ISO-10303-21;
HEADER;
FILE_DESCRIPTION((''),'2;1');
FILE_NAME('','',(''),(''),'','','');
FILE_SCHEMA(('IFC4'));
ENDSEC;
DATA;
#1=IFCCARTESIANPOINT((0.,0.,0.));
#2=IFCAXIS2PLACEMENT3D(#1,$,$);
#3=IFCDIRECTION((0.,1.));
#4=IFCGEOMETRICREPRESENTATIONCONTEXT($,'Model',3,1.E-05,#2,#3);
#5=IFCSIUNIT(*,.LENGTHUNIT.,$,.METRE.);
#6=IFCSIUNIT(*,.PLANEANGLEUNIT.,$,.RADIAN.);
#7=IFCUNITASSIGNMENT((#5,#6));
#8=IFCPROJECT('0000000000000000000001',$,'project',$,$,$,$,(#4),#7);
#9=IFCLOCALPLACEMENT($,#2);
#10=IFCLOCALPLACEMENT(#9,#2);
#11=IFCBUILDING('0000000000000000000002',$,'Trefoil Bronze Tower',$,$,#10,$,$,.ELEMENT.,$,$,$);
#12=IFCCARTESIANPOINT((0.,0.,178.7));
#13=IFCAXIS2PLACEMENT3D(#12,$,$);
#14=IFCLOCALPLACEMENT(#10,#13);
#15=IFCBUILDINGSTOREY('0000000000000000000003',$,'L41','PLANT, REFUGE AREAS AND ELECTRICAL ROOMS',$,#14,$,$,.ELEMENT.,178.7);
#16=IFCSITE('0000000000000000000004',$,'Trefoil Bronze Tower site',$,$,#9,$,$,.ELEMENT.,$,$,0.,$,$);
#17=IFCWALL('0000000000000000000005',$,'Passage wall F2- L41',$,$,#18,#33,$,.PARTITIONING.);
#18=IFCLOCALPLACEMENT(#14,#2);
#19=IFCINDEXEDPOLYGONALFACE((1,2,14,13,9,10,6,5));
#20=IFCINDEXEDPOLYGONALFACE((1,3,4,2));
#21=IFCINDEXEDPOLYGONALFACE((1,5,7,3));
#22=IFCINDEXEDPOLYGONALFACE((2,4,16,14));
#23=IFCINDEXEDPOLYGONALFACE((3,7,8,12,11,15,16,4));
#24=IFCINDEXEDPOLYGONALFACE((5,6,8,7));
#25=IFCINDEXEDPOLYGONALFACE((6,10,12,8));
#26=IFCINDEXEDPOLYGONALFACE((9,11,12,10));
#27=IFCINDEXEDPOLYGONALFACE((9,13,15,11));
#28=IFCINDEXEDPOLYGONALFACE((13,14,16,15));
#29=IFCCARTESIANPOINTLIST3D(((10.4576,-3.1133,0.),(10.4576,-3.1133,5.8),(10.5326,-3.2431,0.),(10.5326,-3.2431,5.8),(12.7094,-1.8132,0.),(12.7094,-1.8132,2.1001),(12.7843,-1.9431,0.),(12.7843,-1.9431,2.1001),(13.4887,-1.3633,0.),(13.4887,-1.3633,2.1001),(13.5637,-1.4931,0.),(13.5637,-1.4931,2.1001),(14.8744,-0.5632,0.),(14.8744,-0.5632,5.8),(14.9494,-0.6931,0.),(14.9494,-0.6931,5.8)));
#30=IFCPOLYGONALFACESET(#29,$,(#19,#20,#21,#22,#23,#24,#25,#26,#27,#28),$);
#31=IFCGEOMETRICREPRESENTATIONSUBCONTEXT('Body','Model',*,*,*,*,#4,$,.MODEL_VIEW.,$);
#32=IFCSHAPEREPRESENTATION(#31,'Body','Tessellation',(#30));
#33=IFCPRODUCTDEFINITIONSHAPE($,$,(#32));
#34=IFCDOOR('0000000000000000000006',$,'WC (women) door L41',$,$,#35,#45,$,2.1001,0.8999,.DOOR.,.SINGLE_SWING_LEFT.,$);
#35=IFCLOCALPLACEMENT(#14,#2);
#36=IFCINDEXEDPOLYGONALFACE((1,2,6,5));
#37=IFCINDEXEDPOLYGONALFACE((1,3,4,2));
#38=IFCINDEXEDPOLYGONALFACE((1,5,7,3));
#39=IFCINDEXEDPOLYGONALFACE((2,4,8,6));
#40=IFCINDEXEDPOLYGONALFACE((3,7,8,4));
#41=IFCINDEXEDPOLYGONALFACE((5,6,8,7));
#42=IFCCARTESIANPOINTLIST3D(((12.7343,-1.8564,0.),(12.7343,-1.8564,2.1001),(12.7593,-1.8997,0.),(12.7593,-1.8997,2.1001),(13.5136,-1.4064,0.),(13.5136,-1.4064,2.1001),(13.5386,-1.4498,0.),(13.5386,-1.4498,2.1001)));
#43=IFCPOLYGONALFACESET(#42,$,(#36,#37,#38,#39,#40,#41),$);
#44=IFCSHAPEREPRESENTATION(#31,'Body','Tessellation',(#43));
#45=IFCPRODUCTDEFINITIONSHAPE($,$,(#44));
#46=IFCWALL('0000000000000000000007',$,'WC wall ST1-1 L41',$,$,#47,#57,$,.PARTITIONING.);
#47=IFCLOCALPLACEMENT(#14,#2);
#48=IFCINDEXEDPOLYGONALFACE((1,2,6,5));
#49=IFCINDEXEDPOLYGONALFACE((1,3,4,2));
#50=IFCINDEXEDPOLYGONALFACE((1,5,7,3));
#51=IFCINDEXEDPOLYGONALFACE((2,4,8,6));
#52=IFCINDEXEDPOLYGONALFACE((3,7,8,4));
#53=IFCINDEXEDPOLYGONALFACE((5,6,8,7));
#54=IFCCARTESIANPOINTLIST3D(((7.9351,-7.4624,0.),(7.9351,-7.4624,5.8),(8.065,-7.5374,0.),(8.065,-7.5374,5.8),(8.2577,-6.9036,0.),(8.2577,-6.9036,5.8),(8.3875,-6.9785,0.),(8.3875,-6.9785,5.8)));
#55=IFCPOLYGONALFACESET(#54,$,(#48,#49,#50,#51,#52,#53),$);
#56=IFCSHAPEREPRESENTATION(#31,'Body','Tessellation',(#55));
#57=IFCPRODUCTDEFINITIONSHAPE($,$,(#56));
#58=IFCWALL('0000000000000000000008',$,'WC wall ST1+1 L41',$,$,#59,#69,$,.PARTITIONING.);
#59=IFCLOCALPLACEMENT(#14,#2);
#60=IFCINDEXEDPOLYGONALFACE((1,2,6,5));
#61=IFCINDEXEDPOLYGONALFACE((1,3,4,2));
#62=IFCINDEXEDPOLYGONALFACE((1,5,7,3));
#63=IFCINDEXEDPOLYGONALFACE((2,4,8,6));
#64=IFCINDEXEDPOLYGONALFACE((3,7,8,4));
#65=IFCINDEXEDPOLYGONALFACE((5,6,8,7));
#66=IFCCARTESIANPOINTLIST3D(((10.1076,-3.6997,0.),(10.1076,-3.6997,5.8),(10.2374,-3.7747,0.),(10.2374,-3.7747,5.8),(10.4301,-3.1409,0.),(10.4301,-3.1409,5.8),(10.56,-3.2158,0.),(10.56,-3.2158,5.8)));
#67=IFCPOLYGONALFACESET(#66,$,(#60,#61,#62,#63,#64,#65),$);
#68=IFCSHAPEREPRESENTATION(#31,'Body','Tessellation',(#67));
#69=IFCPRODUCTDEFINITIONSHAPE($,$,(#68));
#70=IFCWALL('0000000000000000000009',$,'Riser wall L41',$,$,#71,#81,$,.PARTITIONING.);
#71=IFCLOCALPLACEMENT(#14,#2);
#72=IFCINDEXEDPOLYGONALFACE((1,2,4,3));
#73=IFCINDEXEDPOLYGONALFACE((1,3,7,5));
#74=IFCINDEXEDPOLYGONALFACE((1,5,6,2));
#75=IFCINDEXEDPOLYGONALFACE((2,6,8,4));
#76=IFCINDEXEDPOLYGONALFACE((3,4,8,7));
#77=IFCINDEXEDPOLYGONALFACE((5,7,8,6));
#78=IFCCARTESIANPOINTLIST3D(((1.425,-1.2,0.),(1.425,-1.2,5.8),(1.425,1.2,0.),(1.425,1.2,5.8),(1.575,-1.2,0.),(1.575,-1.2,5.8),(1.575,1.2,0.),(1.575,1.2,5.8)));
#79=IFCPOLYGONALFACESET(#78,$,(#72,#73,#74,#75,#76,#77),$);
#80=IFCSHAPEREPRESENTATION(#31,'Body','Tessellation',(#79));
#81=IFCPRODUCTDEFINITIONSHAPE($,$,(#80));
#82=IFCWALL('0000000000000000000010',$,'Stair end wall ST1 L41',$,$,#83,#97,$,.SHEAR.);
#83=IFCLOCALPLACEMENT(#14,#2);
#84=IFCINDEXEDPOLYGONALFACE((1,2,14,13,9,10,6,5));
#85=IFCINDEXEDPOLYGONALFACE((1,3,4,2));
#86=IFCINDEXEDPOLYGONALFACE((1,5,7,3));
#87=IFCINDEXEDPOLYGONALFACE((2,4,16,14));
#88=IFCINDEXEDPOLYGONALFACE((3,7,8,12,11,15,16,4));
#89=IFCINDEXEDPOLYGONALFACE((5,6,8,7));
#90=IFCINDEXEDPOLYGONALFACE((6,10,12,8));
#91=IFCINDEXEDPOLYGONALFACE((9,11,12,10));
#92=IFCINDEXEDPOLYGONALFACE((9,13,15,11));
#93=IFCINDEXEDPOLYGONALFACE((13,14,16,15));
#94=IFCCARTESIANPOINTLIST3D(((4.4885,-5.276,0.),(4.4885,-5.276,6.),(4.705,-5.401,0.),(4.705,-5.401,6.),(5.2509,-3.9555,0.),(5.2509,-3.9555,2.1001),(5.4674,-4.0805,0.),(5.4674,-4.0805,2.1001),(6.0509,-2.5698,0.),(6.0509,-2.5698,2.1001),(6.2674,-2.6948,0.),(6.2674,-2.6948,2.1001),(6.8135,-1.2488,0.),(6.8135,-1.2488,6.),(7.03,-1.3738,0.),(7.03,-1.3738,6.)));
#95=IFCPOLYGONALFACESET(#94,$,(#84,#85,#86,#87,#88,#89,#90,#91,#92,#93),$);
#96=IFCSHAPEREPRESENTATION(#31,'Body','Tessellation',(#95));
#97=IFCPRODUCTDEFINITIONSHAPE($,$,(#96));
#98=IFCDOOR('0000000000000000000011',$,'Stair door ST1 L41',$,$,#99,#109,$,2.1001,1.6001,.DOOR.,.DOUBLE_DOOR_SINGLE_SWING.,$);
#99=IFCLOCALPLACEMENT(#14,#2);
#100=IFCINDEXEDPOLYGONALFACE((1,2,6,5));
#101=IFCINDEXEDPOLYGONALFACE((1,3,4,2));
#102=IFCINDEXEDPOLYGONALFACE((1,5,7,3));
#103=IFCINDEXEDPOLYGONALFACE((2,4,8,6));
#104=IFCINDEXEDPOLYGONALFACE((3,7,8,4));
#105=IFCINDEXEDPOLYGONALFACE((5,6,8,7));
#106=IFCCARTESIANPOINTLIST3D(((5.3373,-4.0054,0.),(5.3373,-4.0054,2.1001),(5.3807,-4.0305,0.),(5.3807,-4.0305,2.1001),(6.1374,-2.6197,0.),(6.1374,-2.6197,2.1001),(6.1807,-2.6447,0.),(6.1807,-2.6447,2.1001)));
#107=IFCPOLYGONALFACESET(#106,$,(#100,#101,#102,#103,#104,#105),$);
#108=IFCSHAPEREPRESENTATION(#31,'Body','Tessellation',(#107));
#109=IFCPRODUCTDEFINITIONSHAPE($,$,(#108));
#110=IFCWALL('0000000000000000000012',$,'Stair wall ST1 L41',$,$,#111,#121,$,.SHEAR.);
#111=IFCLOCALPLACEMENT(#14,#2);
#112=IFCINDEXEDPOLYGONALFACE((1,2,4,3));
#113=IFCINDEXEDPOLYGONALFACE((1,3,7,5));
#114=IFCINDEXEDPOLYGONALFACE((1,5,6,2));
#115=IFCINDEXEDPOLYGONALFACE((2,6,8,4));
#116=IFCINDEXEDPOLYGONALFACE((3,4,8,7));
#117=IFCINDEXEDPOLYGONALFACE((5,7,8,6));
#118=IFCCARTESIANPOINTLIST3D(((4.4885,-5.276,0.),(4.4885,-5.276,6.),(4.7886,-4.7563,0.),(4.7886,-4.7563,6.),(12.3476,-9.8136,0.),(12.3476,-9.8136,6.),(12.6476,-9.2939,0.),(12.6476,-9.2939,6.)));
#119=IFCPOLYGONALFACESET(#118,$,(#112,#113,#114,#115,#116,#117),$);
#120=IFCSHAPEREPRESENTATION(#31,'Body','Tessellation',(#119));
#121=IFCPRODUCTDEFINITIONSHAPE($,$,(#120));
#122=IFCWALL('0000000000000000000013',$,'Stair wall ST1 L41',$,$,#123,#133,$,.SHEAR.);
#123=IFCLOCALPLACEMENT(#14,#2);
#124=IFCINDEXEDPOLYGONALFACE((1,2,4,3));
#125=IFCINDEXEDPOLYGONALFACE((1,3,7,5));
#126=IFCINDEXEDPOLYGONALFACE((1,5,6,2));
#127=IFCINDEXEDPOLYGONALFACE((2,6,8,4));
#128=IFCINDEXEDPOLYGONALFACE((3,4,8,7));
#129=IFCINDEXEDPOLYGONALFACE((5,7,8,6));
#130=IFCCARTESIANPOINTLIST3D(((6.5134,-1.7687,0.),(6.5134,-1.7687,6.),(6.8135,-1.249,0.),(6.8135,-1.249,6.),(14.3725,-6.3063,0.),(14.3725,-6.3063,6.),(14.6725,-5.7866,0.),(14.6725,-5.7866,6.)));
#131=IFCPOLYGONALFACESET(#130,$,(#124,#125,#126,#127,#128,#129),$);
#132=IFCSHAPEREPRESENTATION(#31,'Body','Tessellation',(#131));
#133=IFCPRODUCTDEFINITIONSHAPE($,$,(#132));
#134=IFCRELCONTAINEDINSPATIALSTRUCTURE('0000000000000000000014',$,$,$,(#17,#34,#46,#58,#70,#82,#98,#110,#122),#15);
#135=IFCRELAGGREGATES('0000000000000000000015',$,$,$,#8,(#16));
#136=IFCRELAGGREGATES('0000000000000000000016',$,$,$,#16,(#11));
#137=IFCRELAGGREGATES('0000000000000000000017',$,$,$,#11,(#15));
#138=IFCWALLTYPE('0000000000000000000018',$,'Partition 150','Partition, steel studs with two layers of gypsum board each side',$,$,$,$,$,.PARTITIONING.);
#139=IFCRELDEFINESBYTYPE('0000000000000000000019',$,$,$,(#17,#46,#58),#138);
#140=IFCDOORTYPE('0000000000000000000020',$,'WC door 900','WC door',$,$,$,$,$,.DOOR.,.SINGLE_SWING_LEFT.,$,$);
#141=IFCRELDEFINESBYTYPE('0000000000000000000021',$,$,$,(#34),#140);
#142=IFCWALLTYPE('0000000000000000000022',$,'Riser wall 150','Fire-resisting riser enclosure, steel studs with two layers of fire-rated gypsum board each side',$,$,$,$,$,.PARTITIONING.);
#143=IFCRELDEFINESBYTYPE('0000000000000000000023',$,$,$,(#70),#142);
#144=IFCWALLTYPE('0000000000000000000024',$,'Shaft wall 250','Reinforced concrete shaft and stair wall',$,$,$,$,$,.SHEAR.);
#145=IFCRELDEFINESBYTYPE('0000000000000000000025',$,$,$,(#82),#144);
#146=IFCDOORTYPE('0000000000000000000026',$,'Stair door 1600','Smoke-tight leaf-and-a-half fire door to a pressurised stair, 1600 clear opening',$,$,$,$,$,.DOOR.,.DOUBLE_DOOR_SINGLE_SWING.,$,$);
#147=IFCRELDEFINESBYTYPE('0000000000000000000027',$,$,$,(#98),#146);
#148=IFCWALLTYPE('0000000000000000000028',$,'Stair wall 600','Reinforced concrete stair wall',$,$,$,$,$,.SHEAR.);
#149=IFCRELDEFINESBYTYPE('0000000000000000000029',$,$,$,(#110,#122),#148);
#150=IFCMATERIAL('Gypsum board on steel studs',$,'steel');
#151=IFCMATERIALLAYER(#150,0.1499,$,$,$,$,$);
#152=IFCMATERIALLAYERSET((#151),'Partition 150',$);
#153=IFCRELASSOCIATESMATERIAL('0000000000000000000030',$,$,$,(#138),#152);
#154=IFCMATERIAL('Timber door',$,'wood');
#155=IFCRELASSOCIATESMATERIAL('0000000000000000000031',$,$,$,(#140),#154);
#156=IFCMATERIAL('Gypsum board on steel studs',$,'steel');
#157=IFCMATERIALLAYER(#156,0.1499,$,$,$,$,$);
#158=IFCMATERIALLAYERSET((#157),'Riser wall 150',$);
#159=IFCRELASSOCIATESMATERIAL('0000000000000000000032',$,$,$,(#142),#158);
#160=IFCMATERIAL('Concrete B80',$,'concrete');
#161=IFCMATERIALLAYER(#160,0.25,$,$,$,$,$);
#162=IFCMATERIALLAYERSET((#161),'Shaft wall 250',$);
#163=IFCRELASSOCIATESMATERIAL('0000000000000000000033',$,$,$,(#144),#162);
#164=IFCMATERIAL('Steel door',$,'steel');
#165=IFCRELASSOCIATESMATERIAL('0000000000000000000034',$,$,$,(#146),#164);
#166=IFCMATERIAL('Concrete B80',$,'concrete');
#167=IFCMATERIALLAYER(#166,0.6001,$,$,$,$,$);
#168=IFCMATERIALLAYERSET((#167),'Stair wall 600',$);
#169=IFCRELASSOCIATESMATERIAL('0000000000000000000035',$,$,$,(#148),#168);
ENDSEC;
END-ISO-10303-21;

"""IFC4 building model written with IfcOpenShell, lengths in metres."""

from ifc_helpers import new_model, si_unit, direction, frame, frame_2d, origin, place, context, subcontext, project, spatial, rectangle, extrude, material, layer, layer_set, type_object, element, fill, save


model = new_model("IFC4")

# Units and contexts
model_context = context("Model", 3, precision=1e-05, world=origin(), true_north=direction((0.0, 1.0)))
body_context = subcontext(model_context, "Body", "Model", "MODEL_VIEW")
ifc_project = project(units=[si_unit("LENGTHUNIT", "METRE"), si_unit("PLANEANGLEUNIT", "RADIAN")], contexts=[model_context])

# Site, building, storey
site_placement = place(None, origin())
site = spatial("IfcSite", under=ifc_project, at=site_placement, Name="Trefoil Bronze Tower site", CompositionType="ELEMENT", RefElevation=0.0)
building_placement = place(site_placement, origin())
building = spatial("IfcBuilding", under=site, at=building_placement, Name="Trefoil Bronze Tower", CompositionType="ELEMENT")
storey_placement = place(building_placement, frame((0.0, 0.0, 178.7)))
storey = spatial("IfcBuildingStorey", under=building, at=storey_placement, Name="L41", Description="PLANT, REFUGE AREAS AND ELECTRICAL ROOMS", CompositionType="ELEMENT", Elevation=178.7)

# Wall, opening, door
ifc_material_1 = material(Name="Gypsum board on steel studs", Category="steel")
ifc_layer_1 = layer(ifc_material_1, 0.1499)
ifc_layer_set_1 = layer_set([ifc_layer_1], Name="Partition 150")
wall_type_1 = type_object("IfcWallType", Name="Partition 150", Description="Partition, steel studs with two layers of gypsum board each side", PredefinedType="PARTITIONING", material=ifc_layer_set_1)
ifc_material_2 = material(Name="Timber door", Category="wood")
door_type_1 = type_object("IfcDoorType", Name="WC door 900", Description="WC door", OperationType="SINGLE_SWING_LEFT", PredefinedType="DOOR", material=ifc_material_2)
wall_1_placement = place(storey_placement, frame((10.4951, -3.1782, 0.0), z_axis=(0.0, 0.0, 1.0), x_axis=(0.866022, 0.500006, 0.0)))
wall_1 = element("IfcWall", 1, at=wall_1_placement, inside=storey, type_object=wall_type_1, Name="Passage wall F2- L41", PredefinedType="PARTITIONING", context=body_context, shape_type="SweptSolid", body=[
    extrude(rectangle(XDim=5.1001, YDim=0.1499, at=frame_2d((2.55, 0.0))), origin(), (0.0, 0.0, 1.0), 5.8),
])
opening_1_placement = place(wall_1_placement, frame((2.6001, 0.0, 0.0)))
opening_1 = element("IfcOpeningElement", 2, at=opening_1_placement, cuts=wall_1, PredefinedType="OPENING", context=body_context, shape_type="SweptSolid", body=[
    extrude(rectangle(XDim=0.8999, YDim=2.1001, at=frame_2d((0.45, 1.05))), frame((0.0, 0.085, 0.0), z_axis=(0.0, -1.0, 0.0), x_axis=(1.0, 0.0, 0.0)), (0.0, 0.0, 1.0), 0.1699),
])
door_1_placement = place(opening_1_placement, frame((0.8999, 0.0, 0.0), z_axis=(0.0, 0.0, 1.0), x_axis=(-1.0, 0.0, 0.0)))
door_1 = element("IfcDoor", 3, at=door_1_placement, inside=storey, type_object=door_type_1, Name="WC (women) door L41", OperationType="SINGLE_SWING_LEFT", OverallHeight=2.1001, OverallWidth=0.8999, PredefinedType="DOOR", context=body_context, shape_type="SweptSolid", body=[
    extrude(rectangle(XDim=0.8999, YDim=2.1001, at=frame_2d((0.45, 1.05))), frame((0.0, 0.0249, 0.0), z_axis=(0.0, -1.0, 0.0), x_axis=(1.0, 0.0, 0.0)), (0.0, 0.0, 1.0), 0.05),
])
fill(opening_1, door_1)

# Walls
for number, where, z_axis, x_axis, name in (
    (4, (8.0, -7.5, 0.0), (0.0, 0.0, 1.0), (0.499843, 0.866116, 0.0), "WC wall ST1-1 L41"),
    (5, (10.4951, -3.1782, 0.0), (0.0, 0.0, 1.0), (-0.499843, -0.866116, 0.0), "WC wall ST1+1 L41"),
):
    element("IfcWall", number, at=place(storey_placement, frame(where, z_axis=z_axis, x_axis=x_axis)), inside=storey, type_object=wall_type_1, Name=name, PredefinedType="PARTITIONING", context=body_context, shape_type="SweptSolid", body=[
        extrude(rectangle(XDim=0.6453, YDim=0.1499, at=frame_2d((0.3228, 0.0))), origin(), (0.0, 0.0, 1.0), 5.8),
    ])
ifc_material_3 = material(Name="Gypsum board on steel studs", Category="steel")
ifc_layer_2 = layer(ifc_material_3, 0.1499)
ifc_layer_set_2 = layer_set([ifc_layer_2], Name="Riser wall 150")
wall_type_2 = type_object("IfcWallType", Name="Riser wall 150", Description="Fire-resisting riser enclosure, steel studs with two layers of fire-rated gypsum board each side", PredefinedType="PARTITIONING", material=ifc_layer_set_2)
wall_2_placement = place(storey_placement, frame((1.5, -1.2, 0.0), z_axis=(0.0, 0.0, 1.0), x_axis=(0.0, 1.0, 0.0)))
element("IfcWall", 6, at=wall_2_placement, inside=storey, type_object=wall_type_2, Name="Riser wall L41", PredefinedType="PARTITIONING", context=body_context, shape_type="SweptSolid", body=[
    extrude(rectangle(XDim=2.3999, YDim=0.1499, at=frame_2d((1.2, 0.0))), origin(), (0.0, 0.0, 1.0), 5.8),
])

# Wall, opening, door
ifc_material_4 = material(Name="Concrete B80", Category="concrete")
ifc_layer_3 = layer(ifc_material_4, 0.25)
ifc_layer_set_3 = layer_set([ifc_layer_3], Name="Shaft wall 250")
wall_type_3 = type_object("IfcWallType", Name="Shaft wall 250", Description="Reinforced concrete shaft and stair wall", PredefinedType="SHEAR", material=ifc_layer_set_3)
wall_3_placement = place(storey_placement, frame((4.5967, -5.3386, 0.0), z_axis=(0.0, 0.0, 1.0), x_axis=(0.499985, 0.866034, 0.0)))
wall_3 = element("IfcWall", 7, at=wall_3_placement, inside=storey, type_object=wall_type_3, Name="Stair end wall ST1 L41", PredefinedType="SHEAR", context=body_context, shape_type="SweptSolid", body=[
    extrude(rectangle(XDim=4.6501, YDim=0.25, at=frame_2d((2.3252, 0.0))), origin(), (0.0, 0.0, 1.0), 6.0),
])
opening_2_placement = place(wall_3_placement, frame((1.5249, 0.0, 0.0)))
opening_2 = element("IfcOpeningElement", 8, at=opening_2_placement, cuts=wall_3, PredefinedType="OPENING", context=body_context, shape_type="SweptSolid", body=[
    extrude(rectangle(XDim=1.6001, YDim=2.1001, at=frame_2d((0.8, 1.05))), frame((0.0, 0.135, 0.0), z_axis=(0.0, -1.0, 0.0), x_axis=(1.0, 0.0, 0.0)), (0.0, 0.0, 1.0), 0.27),
])
ifc_material_5 = material(Name="Steel door", Category="steel")
door_type_2 = type_object("IfcDoorType", Name="Stair door 1600", Description="Smoke-tight leaf-and-a-half fire door to a pressurised stair, 1600 clear opening", OperationType="DOUBLE_DOOR_SINGLE_SWING", PredefinedType="DOOR", material=ifc_material_5)
door_2_placement = place(opening_2_placement, frame((1.6001, 0.0, 0.0), z_axis=(0.0, 0.0, 1.0), x_axis=(-1.0, 0.0, 0.0)))
door_2 = element("IfcDoor", 9, at=door_2_placement, inside=storey, type_object=door_type_2, Name="Stair door ST1 L41", OperationType="DOUBLE_DOOR_SINGLE_SWING", OverallHeight=2.1001, OverallWidth=1.6001, PredefinedType="DOOR", context=body_context, shape_type="SweptSolid", body=[
    extrude(rectangle(XDim=1.6001, YDim=2.1001, at=frame_2d((0.8, 1.05))), frame((0.0, 0.0249, 0.0), z_axis=(0.0, -1.0, 0.0), x_axis=(1.0, 0.0, 0.0)), (0.0, 0.0, 1.0), 0.05),
])
fill(opening_2, door_2)

# Walls
ifc_material_6 = material(Name="Concrete B80", Category="concrete")
ifc_layer_4 = layer(ifc_material_6, 0.6001)
ifc_layer_set_4 = layer_set([ifc_layer_4], Name="Stair wall 600")
wall_type_4 = type_object("IfcWallType", Name="Stair wall 600", Description="Reinforced concrete stair wall", PredefinedType="SHEAR", material=ifc_layer_set_4)
for number, where, z_axis, x_axis, name in (
    (10, (4.6384, -5.0161, 0.0), (0.0, 0.0, 1.0), (0.866019, -0.50001, 0.0), "Stair wall ST1 L41"),
    (11, (6.6633, -1.5088, 0.0), (0.0, 0.0, 1.0), (0.866019, -0.50001, 0.0), "Stair wall ST1 L41"),
):
    element("IfcWall", number, at=place(storey_placement, frame(where, z_axis=z_axis, x_axis=x_axis)), inside=storey, type_object=wall_type_4, Name=name, PredefinedType="SHEAR", context=body_context, shape_type="SweptSolid", body=[
        extrude(rectangle(XDim=9.075, YDim=0.6001, at=frame_2d((4.5376, 0.0))), origin(), (0.0, 0.0, 1.0), 6.0),
    ])

save(model, "model.ifc")
